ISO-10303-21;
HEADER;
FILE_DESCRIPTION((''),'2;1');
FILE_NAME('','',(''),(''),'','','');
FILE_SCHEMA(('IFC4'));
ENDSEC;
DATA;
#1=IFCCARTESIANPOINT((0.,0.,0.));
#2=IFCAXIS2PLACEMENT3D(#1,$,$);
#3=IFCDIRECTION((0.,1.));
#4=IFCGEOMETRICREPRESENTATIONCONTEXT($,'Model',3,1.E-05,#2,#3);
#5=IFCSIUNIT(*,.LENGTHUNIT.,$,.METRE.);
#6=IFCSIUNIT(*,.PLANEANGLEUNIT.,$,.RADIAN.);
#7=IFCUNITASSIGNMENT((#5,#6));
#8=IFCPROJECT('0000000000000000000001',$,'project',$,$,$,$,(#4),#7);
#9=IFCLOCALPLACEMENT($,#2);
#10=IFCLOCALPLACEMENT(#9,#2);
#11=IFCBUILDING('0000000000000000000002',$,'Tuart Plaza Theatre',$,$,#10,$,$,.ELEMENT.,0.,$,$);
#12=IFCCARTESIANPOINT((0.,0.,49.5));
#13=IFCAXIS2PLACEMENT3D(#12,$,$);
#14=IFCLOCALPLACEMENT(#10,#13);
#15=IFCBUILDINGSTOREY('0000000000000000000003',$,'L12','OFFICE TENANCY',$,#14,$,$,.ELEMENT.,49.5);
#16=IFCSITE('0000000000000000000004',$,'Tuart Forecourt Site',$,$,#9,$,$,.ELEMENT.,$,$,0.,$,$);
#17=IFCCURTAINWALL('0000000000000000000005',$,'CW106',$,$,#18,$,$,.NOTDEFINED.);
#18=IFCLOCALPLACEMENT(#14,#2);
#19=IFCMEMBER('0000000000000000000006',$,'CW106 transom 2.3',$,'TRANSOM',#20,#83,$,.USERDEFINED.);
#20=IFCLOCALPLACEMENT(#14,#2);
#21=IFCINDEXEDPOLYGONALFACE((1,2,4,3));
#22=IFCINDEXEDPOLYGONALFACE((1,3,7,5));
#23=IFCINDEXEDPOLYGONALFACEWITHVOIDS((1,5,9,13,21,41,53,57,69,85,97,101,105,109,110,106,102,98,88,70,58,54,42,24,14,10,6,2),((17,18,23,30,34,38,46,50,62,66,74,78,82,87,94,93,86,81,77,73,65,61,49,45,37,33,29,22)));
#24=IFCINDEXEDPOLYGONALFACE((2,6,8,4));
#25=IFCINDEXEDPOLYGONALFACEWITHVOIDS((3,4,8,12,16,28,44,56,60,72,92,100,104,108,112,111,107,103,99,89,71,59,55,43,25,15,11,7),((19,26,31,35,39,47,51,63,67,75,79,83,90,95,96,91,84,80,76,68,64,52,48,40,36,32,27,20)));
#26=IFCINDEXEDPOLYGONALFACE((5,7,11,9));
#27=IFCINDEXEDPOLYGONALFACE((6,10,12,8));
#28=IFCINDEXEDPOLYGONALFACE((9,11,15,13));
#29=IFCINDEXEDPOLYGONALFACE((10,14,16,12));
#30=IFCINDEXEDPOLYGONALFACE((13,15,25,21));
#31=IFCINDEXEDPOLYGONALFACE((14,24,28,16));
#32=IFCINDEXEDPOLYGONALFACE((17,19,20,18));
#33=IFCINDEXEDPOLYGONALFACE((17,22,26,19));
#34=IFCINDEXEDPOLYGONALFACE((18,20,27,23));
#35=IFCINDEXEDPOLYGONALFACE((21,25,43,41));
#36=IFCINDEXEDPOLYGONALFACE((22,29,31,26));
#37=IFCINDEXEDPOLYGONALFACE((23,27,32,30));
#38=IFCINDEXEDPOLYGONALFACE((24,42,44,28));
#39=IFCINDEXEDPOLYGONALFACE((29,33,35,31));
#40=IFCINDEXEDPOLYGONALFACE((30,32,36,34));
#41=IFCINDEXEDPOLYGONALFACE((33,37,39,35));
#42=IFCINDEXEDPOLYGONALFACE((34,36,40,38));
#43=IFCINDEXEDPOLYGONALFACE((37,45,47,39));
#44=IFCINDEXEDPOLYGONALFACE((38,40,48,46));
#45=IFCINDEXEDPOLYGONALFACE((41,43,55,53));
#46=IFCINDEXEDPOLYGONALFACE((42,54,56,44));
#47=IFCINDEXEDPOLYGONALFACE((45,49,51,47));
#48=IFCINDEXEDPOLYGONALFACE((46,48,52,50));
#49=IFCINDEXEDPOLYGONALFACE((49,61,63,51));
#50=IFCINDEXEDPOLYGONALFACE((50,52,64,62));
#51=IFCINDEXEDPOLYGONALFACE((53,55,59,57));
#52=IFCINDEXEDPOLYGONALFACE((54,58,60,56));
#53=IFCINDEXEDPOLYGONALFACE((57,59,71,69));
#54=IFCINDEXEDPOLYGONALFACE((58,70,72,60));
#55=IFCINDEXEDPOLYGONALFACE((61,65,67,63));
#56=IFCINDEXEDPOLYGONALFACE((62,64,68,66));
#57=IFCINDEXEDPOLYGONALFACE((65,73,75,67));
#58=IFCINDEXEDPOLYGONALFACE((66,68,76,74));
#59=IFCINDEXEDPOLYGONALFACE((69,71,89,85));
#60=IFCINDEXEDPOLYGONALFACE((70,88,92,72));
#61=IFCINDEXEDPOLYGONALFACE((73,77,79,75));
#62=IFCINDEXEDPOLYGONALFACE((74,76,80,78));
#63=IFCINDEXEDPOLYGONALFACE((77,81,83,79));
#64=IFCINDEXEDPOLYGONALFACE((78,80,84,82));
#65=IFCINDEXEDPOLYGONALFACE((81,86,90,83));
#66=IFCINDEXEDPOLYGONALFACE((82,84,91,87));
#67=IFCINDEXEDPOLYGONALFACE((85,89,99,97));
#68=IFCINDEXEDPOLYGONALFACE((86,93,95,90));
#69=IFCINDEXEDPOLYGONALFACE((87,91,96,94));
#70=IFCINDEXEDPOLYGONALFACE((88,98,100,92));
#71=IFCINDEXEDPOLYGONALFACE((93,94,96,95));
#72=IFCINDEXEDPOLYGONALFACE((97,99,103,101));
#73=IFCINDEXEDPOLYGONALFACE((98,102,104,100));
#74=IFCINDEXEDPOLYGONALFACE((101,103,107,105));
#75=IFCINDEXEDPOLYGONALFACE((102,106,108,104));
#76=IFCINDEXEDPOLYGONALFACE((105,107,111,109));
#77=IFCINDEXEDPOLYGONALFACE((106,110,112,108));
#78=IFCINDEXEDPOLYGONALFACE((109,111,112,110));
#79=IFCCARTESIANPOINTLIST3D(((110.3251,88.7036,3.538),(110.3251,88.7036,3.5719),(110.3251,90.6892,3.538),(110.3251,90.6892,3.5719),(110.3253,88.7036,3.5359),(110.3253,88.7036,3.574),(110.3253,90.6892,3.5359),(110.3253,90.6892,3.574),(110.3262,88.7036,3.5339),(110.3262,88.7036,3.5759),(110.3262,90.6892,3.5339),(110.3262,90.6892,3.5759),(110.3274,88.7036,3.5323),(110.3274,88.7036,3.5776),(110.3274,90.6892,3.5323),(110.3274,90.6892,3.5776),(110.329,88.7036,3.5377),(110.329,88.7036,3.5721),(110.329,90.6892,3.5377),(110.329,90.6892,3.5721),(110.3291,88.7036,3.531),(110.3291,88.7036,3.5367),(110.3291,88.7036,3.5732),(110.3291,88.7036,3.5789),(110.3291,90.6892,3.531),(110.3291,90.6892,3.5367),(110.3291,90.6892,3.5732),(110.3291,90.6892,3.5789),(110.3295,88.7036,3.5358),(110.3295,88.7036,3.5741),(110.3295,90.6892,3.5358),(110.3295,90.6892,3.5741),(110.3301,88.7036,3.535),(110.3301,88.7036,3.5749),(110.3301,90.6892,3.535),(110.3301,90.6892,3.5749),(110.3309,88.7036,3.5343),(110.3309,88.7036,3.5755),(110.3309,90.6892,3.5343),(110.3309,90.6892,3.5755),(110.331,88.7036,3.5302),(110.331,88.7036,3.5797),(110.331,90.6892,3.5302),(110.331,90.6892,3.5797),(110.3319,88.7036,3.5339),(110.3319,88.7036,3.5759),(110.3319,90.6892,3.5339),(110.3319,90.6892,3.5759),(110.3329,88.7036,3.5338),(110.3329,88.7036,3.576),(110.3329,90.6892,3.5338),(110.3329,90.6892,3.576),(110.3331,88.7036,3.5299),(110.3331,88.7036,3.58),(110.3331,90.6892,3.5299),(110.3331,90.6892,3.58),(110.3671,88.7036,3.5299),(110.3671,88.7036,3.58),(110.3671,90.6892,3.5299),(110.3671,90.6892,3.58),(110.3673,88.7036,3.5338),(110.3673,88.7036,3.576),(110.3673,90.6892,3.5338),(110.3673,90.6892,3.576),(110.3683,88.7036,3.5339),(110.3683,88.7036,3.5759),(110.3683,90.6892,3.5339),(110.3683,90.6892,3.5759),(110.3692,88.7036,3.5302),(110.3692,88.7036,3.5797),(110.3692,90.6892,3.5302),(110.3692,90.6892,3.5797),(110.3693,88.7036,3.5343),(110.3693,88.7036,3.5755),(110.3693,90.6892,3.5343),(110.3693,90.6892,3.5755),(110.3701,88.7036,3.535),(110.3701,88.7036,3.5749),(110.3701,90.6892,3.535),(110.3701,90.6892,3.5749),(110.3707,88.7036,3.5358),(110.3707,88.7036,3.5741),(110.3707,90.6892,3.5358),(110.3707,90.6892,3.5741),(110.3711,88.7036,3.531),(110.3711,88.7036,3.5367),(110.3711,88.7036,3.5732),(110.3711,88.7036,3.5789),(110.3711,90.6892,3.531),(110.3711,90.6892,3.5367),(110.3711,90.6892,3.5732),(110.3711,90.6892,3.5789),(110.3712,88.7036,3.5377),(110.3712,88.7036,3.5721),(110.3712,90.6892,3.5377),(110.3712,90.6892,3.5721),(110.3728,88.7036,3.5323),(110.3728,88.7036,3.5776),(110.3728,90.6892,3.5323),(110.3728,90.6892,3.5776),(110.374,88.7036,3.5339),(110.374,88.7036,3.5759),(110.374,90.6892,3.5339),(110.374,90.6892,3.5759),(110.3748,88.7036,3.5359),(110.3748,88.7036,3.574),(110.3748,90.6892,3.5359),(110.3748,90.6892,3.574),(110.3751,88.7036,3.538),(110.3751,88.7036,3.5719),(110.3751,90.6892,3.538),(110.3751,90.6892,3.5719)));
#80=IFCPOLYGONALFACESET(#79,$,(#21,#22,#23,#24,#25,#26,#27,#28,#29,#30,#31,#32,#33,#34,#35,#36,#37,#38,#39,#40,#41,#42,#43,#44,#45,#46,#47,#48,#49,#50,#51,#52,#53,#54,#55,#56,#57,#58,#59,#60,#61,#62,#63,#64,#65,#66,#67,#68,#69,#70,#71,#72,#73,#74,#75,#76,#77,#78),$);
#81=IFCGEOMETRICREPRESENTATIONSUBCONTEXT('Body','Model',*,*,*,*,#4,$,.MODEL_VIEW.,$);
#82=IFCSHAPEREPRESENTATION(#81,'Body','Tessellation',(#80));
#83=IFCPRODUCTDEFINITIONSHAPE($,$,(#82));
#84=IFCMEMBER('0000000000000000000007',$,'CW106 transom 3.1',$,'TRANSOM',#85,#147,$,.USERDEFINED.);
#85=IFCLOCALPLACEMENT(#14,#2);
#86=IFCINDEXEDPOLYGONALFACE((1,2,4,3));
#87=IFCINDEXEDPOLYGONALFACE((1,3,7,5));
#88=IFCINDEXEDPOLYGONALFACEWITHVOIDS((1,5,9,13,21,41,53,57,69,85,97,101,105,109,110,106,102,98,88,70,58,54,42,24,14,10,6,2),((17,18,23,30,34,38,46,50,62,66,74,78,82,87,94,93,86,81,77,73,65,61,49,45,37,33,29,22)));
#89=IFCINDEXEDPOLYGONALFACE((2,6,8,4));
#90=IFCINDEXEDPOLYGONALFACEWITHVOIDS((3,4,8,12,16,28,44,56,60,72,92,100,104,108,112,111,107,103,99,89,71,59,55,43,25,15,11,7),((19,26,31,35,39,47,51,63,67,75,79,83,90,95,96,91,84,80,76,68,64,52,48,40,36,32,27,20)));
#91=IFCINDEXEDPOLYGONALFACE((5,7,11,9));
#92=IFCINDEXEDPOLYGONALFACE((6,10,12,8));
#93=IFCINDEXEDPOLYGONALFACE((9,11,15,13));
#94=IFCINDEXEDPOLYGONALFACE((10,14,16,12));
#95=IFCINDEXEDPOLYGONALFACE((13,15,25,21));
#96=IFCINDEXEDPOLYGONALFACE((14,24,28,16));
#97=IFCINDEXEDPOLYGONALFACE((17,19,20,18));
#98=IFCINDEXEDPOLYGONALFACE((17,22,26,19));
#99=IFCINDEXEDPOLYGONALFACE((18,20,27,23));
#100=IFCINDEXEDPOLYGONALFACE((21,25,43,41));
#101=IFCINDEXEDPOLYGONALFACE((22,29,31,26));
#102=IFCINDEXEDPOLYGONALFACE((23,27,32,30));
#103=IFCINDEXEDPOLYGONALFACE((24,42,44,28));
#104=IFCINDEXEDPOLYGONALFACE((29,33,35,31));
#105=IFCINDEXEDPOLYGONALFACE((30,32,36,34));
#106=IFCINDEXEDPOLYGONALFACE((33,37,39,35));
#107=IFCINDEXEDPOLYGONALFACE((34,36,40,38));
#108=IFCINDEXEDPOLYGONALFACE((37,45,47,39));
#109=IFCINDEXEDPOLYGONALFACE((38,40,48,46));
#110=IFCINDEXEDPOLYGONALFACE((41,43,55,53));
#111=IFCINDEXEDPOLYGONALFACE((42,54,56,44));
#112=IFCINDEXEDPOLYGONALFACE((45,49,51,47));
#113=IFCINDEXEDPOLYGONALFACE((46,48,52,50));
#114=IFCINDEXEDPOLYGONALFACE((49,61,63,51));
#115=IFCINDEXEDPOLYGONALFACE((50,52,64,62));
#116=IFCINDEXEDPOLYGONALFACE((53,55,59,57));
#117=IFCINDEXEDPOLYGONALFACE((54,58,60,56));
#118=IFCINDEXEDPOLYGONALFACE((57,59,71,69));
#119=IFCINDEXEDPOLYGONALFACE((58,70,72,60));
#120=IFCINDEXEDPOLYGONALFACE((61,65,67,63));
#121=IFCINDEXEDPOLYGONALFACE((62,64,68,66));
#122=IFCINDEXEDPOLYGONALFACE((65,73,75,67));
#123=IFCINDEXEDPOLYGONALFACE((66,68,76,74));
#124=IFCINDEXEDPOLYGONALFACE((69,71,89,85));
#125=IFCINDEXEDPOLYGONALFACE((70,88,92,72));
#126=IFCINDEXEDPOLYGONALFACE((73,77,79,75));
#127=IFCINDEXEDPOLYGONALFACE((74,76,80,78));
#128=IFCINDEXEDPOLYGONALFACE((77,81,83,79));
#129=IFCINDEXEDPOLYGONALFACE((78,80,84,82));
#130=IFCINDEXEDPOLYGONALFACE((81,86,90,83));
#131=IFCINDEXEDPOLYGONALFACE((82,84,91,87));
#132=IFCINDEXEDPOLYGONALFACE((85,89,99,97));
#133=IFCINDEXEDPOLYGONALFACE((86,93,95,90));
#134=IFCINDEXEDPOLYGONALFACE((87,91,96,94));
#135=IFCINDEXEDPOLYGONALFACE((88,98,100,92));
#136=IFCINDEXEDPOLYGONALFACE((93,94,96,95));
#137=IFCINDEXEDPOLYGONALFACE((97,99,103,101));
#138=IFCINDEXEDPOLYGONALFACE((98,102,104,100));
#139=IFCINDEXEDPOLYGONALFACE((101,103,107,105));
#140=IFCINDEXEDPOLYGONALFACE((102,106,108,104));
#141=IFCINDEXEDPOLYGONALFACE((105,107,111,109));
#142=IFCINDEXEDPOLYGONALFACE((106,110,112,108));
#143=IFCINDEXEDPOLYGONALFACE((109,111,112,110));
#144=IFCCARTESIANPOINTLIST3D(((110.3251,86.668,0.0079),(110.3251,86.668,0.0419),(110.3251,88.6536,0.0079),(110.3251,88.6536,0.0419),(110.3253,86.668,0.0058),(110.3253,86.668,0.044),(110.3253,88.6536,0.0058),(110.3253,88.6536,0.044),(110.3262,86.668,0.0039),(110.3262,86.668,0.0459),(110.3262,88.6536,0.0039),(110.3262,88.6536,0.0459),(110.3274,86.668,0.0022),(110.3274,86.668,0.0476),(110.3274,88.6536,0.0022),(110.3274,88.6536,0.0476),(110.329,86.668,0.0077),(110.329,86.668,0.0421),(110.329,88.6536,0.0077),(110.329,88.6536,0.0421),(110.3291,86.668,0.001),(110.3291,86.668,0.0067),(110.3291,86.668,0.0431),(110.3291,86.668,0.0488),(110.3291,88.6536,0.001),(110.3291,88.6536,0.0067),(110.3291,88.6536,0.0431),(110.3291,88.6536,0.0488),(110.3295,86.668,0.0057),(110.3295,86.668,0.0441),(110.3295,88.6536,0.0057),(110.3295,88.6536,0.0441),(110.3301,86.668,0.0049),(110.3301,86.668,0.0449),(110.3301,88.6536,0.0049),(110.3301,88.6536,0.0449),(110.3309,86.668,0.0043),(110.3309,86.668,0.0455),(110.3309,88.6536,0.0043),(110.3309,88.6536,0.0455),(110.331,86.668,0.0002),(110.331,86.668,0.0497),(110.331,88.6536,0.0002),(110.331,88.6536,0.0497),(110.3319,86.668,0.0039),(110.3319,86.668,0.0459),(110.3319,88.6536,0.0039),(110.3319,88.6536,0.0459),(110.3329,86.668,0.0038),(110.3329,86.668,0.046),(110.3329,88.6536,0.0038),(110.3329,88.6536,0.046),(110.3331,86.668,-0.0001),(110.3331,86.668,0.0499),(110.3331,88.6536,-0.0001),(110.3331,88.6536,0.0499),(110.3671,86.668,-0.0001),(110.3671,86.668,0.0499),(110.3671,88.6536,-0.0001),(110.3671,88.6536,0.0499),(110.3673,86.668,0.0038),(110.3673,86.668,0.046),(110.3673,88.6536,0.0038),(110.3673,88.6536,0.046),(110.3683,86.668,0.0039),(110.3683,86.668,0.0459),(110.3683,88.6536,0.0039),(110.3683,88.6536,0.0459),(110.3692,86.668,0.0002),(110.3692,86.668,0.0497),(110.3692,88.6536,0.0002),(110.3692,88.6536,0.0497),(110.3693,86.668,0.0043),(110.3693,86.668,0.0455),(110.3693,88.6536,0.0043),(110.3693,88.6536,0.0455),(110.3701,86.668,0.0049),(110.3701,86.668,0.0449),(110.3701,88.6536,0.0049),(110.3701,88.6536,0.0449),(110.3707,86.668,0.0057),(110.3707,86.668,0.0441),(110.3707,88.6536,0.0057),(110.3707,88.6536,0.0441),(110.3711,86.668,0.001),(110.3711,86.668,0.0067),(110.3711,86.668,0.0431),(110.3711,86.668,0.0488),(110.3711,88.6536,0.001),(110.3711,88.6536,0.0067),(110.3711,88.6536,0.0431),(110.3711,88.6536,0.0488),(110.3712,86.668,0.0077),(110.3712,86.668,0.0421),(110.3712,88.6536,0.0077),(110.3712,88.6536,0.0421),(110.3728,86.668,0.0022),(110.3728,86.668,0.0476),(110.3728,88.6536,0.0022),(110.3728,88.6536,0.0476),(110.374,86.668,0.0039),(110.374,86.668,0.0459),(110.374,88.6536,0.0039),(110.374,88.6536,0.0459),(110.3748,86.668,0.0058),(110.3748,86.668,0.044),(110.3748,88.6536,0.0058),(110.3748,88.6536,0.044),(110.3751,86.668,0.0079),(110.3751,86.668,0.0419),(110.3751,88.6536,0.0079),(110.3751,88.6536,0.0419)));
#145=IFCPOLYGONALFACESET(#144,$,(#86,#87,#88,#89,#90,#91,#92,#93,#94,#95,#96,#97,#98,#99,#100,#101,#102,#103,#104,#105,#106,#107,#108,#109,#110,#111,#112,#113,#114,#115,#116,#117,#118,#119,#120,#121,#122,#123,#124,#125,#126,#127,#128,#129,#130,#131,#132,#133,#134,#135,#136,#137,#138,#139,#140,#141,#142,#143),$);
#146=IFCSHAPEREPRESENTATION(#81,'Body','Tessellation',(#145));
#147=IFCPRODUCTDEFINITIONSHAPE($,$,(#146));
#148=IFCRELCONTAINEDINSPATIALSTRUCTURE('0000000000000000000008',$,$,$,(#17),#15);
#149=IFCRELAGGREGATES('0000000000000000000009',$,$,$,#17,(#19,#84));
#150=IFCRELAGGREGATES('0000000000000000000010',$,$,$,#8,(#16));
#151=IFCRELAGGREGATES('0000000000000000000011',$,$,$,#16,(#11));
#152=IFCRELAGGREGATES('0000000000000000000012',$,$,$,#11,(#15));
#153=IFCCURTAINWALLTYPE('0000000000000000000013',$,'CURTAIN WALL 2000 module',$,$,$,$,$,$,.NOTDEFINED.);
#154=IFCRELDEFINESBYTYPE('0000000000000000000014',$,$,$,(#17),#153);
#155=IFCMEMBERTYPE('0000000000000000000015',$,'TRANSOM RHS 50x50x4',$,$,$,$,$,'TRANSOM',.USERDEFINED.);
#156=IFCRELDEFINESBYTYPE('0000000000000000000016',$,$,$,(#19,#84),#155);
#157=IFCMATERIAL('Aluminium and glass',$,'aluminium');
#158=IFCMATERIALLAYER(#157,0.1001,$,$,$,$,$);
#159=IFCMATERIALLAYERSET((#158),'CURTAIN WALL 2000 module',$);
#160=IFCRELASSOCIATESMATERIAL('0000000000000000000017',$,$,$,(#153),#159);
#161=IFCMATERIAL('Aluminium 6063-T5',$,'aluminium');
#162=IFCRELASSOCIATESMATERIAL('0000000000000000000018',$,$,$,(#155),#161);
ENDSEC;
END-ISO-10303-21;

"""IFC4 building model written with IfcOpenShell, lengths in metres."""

from ifc_helpers import new_model, si_unit, direction, frame, origin, origin_2d, place, context, subcontext, project, spatial, hollow_rectangle, extrude, material, layer, layer_set, material_profile, profile_set, type_object, element, aggregate, save


model = new_model("IFC4")

# Units and contexts
model_context = context("Model", 3, precision=1e-05, world=origin(), true_north=direction((0.0, 1.0)))
body_context = subcontext(model_context, "Body", "Model", "MODEL_VIEW")
ifc_project = project(units=[si_unit("LENGTHUNIT", "METRE"), si_unit("PLANEANGLEUNIT", "RADIAN")], contexts=[model_context])

# Site, building, storey
site_placement = place(None, origin())
site = spatial("IfcSite", under=ifc_project, at=site_placement, Name="Tuart Forecourt Site", CompositionType="ELEMENT", RefElevation=0.0)
building_placement = place(site_placement, origin())
building = spatial("IfcBuilding", under=site, at=building_placement, Name="Tuart Plaza Theatre", CompositionType="ELEMENT", ElevationOfRefHeight=0.0)
storey_placement = place(building_placement, frame((0.0, 0.0, 49.5)))
storey = spatial("IfcBuildingStorey", under=building, at=storey_placement, Name="L12", Description="OFFICE TENANCY", CompositionType="ELEMENT", Elevation=49.5)

# Curtain wall, members
ifc_material_1 = material(Name="Aluminium and glass", Category="aluminium")
ifc_layer_1 = layer(ifc_material_1, 0.1001)
ifc_layer_set_1 = layer_set([ifc_layer_1], Name="CURTAIN WALL 2000 module")
curtain_wall_type = type_object("IfcCurtainWallType", Name="CURTAIN WALL 2000 module", PredefinedType="NOTDEFINED", material=ifc_layer_set_1)
curtain_wall_placement = place(storey_placement, origin())
curtain_wall = element("IfcCurtainWall", 1, at=curtain_wall_placement, inside=storey, type_object=curtain_wall_type, Name="CW106", PredefinedType="NOTDEFINED")
ifc_material_2 = material(Name="Aluminium 6063-T5", Category="aluminium")
ifc_material_profile_1 = material_profile(ifc_material_2, hollow_rectangle(XDim=0.05, YDim=0.05, WallThickness=0.0039, InnerFilletRadius=0.0039, OuterFilletRadius=0.0081, at=origin_2d()), Name="RHS 50x50x4")
ifc_profile_set_1 = profile_set([ifc_material_profile_1], Name="Aluminium 6063-T5")
member_type_1 = type_object("IfcMemberType", Name="TRANSOM RHS 50x50x4", ElementType="TRANSOM", PredefinedType="USERDEFINED", material=ifc_profile_set_1)
member_1_placement = place(storey_placement, frame((110.3501, 90.6892, 3.5549), z_axis=(0.0, -1.0, 0.0), x_axis=(1.0, 0.0, 0.0)))
member_1 = element("IfcMember", 2, at=member_1_placement, type_object=member_type_1, Name="CW106 transom 2.3", ObjectType="TRANSOM", PredefinedType="USERDEFINED", context=body_context, shape_type="SweptSolid", body=[
    extrude(hollow_rectangle(XDim=0.05, YDim=0.05, WallThickness=0.0039, InnerFilletRadius=0.0039, OuterFilletRadius=0.0081, at=origin_2d()), origin(), (0.0, 0.0, 1.0), 1.9856),
])
member_2_placement = place(storey_placement, frame((110.3501, 88.6536, 0.0249), z_axis=(0.0, -1.0, 0.0), x_axis=(1.0, 0.0, 0.0)))
member_2 = element("IfcMember", 3, at=member_2_placement, type_object=member_type_1, Name="CW106 transom 3.1", ObjectType="TRANSOM", PredefinedType="USERDEFINED", context=body_context, shape_type="SweptSolid", body=[
    extrude(hollow_rectangle(XDim=0.05, YDim=0.05, WallThickness=0.0039, InnerFilletRadius=0.0039, OuterFilletRadius=0.0081, at=origin_2d()), origin(), (0.0, 0.0, 1.0), 1.9856),
])
aggregate(curtain_wall, [member_1, member_2])

save(model, "model.ifc")
